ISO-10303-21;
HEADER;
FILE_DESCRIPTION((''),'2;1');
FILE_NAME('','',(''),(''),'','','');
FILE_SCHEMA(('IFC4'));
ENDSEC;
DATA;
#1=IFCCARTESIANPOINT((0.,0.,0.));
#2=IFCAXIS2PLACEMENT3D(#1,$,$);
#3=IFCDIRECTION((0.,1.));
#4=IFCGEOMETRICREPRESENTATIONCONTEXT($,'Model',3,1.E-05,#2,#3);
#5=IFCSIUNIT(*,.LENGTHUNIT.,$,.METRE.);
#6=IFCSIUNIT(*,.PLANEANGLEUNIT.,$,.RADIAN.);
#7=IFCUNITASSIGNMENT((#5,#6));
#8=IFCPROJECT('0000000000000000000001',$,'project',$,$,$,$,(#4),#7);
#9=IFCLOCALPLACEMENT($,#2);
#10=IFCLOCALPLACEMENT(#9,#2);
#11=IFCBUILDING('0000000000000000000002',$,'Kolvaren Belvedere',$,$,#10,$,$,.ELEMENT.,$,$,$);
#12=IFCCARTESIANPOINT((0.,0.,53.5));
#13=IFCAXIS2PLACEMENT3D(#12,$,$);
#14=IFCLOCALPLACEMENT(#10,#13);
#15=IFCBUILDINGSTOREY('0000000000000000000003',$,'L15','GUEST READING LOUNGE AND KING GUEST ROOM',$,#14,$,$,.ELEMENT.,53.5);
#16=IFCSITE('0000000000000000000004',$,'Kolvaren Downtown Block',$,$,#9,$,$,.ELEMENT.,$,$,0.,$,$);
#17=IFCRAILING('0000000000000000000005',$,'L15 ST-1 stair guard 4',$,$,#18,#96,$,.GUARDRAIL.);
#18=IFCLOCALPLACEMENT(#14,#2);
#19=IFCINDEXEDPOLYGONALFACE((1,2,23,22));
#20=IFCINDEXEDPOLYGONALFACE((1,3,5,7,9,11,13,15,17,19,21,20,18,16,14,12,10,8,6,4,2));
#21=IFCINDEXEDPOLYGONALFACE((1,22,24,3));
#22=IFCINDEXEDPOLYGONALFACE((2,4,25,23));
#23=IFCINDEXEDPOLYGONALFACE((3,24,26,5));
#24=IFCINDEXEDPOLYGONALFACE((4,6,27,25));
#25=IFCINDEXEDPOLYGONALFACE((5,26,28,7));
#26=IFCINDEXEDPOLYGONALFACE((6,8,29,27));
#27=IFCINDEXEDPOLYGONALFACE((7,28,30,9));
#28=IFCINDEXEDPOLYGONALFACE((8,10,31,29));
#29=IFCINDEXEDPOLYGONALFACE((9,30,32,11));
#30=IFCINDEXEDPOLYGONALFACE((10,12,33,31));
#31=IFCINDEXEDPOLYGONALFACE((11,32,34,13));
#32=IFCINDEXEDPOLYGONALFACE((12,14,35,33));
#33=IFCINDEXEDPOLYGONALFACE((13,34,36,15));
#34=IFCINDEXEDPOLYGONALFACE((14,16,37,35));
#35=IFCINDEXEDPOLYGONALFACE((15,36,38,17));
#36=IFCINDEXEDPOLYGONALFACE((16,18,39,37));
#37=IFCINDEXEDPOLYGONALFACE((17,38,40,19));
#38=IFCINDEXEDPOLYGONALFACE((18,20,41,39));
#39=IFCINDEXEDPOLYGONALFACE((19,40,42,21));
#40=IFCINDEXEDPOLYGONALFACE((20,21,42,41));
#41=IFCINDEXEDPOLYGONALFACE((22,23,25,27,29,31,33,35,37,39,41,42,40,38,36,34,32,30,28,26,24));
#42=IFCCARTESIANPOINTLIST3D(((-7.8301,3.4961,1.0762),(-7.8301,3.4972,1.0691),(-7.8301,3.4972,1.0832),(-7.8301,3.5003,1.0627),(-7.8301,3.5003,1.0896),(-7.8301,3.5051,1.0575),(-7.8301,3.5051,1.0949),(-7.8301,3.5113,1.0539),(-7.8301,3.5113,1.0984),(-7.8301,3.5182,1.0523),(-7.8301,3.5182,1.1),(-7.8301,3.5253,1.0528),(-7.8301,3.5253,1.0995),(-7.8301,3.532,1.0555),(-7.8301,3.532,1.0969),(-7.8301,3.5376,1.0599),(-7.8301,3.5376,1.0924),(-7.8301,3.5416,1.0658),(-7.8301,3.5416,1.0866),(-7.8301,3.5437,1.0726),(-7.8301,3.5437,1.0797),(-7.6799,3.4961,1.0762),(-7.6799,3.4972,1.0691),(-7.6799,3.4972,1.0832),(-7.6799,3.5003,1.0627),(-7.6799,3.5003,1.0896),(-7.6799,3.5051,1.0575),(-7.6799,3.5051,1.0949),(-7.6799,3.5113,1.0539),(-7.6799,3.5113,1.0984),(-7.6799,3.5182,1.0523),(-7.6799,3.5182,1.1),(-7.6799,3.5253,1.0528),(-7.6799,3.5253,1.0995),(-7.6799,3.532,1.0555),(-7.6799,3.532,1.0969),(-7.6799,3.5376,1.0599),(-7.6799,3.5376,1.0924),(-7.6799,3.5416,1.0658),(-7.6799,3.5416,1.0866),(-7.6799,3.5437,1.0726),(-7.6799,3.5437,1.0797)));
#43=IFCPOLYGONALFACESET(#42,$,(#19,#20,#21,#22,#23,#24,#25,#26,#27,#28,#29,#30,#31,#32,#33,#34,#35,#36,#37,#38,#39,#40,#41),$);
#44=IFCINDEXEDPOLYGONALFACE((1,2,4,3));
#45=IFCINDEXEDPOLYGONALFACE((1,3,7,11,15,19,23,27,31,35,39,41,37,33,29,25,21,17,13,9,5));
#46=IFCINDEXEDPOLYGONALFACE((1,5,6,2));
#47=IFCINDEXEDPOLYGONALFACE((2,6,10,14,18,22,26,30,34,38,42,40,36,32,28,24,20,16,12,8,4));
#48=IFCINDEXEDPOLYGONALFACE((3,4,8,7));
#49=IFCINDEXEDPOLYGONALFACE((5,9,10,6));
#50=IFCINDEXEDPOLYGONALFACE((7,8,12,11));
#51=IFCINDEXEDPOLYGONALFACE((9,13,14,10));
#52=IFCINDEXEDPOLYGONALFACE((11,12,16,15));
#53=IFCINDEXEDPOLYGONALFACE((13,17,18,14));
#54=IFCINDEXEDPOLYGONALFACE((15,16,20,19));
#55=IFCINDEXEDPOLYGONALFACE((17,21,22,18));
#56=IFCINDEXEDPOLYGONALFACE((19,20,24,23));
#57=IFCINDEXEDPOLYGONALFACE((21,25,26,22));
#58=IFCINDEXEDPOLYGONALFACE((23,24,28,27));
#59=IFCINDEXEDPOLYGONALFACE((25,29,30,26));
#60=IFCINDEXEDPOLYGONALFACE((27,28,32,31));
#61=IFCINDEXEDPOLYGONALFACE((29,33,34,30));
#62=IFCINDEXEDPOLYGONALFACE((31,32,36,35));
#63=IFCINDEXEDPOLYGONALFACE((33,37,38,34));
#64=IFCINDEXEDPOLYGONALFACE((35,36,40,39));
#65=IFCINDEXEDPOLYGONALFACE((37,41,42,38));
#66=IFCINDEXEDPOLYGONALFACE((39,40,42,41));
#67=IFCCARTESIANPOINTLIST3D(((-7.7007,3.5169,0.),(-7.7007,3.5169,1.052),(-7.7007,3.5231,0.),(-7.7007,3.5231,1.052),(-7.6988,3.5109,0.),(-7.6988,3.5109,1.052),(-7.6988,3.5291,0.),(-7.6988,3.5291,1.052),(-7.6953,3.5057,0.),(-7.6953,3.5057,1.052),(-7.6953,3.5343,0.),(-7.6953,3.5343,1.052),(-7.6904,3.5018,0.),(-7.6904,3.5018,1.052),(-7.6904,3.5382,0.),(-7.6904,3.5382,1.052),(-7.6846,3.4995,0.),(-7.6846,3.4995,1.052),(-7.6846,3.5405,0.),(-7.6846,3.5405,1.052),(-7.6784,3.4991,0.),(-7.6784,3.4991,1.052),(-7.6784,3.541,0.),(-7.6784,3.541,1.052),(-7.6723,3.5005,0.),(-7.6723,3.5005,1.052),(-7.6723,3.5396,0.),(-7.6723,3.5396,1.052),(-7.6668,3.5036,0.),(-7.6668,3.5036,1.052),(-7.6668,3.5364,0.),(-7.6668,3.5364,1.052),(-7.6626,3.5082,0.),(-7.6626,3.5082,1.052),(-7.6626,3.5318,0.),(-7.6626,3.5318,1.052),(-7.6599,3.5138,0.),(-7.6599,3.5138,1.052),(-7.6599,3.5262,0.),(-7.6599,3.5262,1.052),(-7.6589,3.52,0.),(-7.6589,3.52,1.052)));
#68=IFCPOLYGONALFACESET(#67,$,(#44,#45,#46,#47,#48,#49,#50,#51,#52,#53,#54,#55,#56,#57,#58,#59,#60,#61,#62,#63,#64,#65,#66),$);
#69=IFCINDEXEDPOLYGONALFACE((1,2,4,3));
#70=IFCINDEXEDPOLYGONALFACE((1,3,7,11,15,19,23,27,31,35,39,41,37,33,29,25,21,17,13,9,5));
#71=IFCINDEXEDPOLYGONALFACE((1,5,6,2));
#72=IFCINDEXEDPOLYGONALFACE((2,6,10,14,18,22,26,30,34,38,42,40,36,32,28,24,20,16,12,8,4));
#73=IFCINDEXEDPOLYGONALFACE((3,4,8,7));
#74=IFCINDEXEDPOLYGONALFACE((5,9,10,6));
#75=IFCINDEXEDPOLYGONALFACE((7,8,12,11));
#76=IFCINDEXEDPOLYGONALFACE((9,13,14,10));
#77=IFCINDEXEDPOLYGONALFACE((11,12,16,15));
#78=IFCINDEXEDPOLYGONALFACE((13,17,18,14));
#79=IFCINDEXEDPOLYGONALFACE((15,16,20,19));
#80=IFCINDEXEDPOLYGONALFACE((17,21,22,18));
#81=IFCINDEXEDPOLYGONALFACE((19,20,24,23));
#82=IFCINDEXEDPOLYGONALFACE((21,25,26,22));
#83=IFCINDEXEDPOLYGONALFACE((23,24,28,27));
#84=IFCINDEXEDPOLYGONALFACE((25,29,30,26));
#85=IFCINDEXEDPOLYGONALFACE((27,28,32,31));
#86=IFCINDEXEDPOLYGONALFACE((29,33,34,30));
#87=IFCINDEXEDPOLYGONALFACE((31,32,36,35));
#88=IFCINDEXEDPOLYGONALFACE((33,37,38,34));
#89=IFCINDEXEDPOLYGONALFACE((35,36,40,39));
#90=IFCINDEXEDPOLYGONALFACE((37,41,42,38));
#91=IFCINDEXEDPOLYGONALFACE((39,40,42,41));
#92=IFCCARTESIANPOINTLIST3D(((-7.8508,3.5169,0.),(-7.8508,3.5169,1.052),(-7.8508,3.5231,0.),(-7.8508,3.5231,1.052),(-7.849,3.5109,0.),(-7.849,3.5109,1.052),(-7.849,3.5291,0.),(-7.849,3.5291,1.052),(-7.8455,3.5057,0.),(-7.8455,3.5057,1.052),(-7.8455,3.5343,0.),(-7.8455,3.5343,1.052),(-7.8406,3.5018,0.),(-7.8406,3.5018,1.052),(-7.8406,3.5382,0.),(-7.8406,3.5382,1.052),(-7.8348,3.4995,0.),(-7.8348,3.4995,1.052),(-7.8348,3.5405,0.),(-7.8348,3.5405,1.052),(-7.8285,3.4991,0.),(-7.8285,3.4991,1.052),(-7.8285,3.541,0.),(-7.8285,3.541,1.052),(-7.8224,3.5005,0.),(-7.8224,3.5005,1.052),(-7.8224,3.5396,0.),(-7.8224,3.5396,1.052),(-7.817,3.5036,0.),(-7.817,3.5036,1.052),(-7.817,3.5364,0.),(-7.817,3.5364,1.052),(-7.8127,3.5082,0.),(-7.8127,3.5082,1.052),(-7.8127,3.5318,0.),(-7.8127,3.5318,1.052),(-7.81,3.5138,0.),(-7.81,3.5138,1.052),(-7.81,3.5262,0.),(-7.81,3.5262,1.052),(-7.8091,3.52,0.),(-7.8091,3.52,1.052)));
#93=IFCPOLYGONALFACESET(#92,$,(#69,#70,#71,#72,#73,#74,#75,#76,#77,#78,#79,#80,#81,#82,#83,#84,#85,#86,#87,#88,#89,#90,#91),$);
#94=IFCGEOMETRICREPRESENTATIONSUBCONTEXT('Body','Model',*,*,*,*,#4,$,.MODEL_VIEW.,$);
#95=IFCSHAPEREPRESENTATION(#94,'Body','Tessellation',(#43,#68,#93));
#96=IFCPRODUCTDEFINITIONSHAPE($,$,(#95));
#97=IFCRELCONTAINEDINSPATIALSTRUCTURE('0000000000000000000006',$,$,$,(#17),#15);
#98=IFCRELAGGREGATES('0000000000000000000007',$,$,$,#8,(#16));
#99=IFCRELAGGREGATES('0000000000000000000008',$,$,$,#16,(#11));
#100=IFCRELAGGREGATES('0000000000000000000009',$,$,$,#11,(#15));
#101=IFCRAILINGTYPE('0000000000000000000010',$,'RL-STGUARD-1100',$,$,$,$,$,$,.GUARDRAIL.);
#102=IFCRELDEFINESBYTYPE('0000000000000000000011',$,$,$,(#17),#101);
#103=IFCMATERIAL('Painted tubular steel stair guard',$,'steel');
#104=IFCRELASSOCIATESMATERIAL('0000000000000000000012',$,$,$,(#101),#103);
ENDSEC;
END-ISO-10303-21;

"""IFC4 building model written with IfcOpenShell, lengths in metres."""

from ifc_helpers import new_model, si_unit, direction, frame, origin, origin_2d, place, context, subcontext, project, spatial, circle, extrude, material, type_object, element, save


model = new_model("IFC4")

# Units and contexts
model_context = context("Model", 3, precision=1e-05, world=origin(), true_north=direction((0.0, 1.0)))
body_context = subcontext(model_context, "Body", "Model", "MODEL_VIEW")
ifc_project = project(units=[si_unit("LENGTHUNIT", "METRE"), si_unit("PLANEANGLEUNIT", "RADIAN")], contexts=[model_context])

# Site, building, storey
site_placement = place(None, origin())
site = spatial("IfcSite", under=ifc_project, at=site_placement, Name="Kolvaren Downtown Block", CompositionType="ELEMENT", RefElevation=0.0)
building_placement = place(site_placement, origin())
building = spatial("IfcBuilding", under=site, at=building_placement, Name="Kolvaren Belvedere", CompositionType="ELEMENT")
storey_placement = place(building_placement, frame((0.0, 0.0, 53.5)))
storey = spatial("IfcBuildingStorey", under=building, at=storey_placement, Name="L15", Description="GUEST READING LOUNGE AND KING GUEST ROOM", CompositionType="ELEMENT", Elevation=53.5)

# Railing
ifc_material_1 = material(Name="Painted tubular steel stair guard", Category="steel")
railing_type_1 = type_object("IfcRailingType", Name="RL-STGUARD-1100", PredefinedType="GUARDRAIL", material=ifc_material_1)
railing_1_placement = place(storey_placement, frame((-7.6799, 3.52, 0.0)))
element("IfcRailing", 1, at=railing_1_placement, inside=storey, type_object=railing_type_1, Name="L15 ST-1 stair guard 4", PredefinedType="GUARDRAIL", context=body_context, shape_type="SweptSolid", body=[
    extrude(circle(Radius=0.0239, at=origin_2d()), frame((0.0, 0.0, 1.0762), z_axis=(-1.0, 0.0, 0.0), x_axis=(0.0, -1.0, 0.0)), (0.0, 0.0, 1.0), 0.1501),
    extrude(circle(Radius=0.021, at=origin_2d()), origin(), (0.0, 0.0, 1.0), 1.052),
    extrude(circle(Radius=0.021, at=origin_2d()), frame((-0.1501, 0.0, 0.0)), (0.0, 0.0, 1.0), 1.052),
])

save(model, "model.ifc")
